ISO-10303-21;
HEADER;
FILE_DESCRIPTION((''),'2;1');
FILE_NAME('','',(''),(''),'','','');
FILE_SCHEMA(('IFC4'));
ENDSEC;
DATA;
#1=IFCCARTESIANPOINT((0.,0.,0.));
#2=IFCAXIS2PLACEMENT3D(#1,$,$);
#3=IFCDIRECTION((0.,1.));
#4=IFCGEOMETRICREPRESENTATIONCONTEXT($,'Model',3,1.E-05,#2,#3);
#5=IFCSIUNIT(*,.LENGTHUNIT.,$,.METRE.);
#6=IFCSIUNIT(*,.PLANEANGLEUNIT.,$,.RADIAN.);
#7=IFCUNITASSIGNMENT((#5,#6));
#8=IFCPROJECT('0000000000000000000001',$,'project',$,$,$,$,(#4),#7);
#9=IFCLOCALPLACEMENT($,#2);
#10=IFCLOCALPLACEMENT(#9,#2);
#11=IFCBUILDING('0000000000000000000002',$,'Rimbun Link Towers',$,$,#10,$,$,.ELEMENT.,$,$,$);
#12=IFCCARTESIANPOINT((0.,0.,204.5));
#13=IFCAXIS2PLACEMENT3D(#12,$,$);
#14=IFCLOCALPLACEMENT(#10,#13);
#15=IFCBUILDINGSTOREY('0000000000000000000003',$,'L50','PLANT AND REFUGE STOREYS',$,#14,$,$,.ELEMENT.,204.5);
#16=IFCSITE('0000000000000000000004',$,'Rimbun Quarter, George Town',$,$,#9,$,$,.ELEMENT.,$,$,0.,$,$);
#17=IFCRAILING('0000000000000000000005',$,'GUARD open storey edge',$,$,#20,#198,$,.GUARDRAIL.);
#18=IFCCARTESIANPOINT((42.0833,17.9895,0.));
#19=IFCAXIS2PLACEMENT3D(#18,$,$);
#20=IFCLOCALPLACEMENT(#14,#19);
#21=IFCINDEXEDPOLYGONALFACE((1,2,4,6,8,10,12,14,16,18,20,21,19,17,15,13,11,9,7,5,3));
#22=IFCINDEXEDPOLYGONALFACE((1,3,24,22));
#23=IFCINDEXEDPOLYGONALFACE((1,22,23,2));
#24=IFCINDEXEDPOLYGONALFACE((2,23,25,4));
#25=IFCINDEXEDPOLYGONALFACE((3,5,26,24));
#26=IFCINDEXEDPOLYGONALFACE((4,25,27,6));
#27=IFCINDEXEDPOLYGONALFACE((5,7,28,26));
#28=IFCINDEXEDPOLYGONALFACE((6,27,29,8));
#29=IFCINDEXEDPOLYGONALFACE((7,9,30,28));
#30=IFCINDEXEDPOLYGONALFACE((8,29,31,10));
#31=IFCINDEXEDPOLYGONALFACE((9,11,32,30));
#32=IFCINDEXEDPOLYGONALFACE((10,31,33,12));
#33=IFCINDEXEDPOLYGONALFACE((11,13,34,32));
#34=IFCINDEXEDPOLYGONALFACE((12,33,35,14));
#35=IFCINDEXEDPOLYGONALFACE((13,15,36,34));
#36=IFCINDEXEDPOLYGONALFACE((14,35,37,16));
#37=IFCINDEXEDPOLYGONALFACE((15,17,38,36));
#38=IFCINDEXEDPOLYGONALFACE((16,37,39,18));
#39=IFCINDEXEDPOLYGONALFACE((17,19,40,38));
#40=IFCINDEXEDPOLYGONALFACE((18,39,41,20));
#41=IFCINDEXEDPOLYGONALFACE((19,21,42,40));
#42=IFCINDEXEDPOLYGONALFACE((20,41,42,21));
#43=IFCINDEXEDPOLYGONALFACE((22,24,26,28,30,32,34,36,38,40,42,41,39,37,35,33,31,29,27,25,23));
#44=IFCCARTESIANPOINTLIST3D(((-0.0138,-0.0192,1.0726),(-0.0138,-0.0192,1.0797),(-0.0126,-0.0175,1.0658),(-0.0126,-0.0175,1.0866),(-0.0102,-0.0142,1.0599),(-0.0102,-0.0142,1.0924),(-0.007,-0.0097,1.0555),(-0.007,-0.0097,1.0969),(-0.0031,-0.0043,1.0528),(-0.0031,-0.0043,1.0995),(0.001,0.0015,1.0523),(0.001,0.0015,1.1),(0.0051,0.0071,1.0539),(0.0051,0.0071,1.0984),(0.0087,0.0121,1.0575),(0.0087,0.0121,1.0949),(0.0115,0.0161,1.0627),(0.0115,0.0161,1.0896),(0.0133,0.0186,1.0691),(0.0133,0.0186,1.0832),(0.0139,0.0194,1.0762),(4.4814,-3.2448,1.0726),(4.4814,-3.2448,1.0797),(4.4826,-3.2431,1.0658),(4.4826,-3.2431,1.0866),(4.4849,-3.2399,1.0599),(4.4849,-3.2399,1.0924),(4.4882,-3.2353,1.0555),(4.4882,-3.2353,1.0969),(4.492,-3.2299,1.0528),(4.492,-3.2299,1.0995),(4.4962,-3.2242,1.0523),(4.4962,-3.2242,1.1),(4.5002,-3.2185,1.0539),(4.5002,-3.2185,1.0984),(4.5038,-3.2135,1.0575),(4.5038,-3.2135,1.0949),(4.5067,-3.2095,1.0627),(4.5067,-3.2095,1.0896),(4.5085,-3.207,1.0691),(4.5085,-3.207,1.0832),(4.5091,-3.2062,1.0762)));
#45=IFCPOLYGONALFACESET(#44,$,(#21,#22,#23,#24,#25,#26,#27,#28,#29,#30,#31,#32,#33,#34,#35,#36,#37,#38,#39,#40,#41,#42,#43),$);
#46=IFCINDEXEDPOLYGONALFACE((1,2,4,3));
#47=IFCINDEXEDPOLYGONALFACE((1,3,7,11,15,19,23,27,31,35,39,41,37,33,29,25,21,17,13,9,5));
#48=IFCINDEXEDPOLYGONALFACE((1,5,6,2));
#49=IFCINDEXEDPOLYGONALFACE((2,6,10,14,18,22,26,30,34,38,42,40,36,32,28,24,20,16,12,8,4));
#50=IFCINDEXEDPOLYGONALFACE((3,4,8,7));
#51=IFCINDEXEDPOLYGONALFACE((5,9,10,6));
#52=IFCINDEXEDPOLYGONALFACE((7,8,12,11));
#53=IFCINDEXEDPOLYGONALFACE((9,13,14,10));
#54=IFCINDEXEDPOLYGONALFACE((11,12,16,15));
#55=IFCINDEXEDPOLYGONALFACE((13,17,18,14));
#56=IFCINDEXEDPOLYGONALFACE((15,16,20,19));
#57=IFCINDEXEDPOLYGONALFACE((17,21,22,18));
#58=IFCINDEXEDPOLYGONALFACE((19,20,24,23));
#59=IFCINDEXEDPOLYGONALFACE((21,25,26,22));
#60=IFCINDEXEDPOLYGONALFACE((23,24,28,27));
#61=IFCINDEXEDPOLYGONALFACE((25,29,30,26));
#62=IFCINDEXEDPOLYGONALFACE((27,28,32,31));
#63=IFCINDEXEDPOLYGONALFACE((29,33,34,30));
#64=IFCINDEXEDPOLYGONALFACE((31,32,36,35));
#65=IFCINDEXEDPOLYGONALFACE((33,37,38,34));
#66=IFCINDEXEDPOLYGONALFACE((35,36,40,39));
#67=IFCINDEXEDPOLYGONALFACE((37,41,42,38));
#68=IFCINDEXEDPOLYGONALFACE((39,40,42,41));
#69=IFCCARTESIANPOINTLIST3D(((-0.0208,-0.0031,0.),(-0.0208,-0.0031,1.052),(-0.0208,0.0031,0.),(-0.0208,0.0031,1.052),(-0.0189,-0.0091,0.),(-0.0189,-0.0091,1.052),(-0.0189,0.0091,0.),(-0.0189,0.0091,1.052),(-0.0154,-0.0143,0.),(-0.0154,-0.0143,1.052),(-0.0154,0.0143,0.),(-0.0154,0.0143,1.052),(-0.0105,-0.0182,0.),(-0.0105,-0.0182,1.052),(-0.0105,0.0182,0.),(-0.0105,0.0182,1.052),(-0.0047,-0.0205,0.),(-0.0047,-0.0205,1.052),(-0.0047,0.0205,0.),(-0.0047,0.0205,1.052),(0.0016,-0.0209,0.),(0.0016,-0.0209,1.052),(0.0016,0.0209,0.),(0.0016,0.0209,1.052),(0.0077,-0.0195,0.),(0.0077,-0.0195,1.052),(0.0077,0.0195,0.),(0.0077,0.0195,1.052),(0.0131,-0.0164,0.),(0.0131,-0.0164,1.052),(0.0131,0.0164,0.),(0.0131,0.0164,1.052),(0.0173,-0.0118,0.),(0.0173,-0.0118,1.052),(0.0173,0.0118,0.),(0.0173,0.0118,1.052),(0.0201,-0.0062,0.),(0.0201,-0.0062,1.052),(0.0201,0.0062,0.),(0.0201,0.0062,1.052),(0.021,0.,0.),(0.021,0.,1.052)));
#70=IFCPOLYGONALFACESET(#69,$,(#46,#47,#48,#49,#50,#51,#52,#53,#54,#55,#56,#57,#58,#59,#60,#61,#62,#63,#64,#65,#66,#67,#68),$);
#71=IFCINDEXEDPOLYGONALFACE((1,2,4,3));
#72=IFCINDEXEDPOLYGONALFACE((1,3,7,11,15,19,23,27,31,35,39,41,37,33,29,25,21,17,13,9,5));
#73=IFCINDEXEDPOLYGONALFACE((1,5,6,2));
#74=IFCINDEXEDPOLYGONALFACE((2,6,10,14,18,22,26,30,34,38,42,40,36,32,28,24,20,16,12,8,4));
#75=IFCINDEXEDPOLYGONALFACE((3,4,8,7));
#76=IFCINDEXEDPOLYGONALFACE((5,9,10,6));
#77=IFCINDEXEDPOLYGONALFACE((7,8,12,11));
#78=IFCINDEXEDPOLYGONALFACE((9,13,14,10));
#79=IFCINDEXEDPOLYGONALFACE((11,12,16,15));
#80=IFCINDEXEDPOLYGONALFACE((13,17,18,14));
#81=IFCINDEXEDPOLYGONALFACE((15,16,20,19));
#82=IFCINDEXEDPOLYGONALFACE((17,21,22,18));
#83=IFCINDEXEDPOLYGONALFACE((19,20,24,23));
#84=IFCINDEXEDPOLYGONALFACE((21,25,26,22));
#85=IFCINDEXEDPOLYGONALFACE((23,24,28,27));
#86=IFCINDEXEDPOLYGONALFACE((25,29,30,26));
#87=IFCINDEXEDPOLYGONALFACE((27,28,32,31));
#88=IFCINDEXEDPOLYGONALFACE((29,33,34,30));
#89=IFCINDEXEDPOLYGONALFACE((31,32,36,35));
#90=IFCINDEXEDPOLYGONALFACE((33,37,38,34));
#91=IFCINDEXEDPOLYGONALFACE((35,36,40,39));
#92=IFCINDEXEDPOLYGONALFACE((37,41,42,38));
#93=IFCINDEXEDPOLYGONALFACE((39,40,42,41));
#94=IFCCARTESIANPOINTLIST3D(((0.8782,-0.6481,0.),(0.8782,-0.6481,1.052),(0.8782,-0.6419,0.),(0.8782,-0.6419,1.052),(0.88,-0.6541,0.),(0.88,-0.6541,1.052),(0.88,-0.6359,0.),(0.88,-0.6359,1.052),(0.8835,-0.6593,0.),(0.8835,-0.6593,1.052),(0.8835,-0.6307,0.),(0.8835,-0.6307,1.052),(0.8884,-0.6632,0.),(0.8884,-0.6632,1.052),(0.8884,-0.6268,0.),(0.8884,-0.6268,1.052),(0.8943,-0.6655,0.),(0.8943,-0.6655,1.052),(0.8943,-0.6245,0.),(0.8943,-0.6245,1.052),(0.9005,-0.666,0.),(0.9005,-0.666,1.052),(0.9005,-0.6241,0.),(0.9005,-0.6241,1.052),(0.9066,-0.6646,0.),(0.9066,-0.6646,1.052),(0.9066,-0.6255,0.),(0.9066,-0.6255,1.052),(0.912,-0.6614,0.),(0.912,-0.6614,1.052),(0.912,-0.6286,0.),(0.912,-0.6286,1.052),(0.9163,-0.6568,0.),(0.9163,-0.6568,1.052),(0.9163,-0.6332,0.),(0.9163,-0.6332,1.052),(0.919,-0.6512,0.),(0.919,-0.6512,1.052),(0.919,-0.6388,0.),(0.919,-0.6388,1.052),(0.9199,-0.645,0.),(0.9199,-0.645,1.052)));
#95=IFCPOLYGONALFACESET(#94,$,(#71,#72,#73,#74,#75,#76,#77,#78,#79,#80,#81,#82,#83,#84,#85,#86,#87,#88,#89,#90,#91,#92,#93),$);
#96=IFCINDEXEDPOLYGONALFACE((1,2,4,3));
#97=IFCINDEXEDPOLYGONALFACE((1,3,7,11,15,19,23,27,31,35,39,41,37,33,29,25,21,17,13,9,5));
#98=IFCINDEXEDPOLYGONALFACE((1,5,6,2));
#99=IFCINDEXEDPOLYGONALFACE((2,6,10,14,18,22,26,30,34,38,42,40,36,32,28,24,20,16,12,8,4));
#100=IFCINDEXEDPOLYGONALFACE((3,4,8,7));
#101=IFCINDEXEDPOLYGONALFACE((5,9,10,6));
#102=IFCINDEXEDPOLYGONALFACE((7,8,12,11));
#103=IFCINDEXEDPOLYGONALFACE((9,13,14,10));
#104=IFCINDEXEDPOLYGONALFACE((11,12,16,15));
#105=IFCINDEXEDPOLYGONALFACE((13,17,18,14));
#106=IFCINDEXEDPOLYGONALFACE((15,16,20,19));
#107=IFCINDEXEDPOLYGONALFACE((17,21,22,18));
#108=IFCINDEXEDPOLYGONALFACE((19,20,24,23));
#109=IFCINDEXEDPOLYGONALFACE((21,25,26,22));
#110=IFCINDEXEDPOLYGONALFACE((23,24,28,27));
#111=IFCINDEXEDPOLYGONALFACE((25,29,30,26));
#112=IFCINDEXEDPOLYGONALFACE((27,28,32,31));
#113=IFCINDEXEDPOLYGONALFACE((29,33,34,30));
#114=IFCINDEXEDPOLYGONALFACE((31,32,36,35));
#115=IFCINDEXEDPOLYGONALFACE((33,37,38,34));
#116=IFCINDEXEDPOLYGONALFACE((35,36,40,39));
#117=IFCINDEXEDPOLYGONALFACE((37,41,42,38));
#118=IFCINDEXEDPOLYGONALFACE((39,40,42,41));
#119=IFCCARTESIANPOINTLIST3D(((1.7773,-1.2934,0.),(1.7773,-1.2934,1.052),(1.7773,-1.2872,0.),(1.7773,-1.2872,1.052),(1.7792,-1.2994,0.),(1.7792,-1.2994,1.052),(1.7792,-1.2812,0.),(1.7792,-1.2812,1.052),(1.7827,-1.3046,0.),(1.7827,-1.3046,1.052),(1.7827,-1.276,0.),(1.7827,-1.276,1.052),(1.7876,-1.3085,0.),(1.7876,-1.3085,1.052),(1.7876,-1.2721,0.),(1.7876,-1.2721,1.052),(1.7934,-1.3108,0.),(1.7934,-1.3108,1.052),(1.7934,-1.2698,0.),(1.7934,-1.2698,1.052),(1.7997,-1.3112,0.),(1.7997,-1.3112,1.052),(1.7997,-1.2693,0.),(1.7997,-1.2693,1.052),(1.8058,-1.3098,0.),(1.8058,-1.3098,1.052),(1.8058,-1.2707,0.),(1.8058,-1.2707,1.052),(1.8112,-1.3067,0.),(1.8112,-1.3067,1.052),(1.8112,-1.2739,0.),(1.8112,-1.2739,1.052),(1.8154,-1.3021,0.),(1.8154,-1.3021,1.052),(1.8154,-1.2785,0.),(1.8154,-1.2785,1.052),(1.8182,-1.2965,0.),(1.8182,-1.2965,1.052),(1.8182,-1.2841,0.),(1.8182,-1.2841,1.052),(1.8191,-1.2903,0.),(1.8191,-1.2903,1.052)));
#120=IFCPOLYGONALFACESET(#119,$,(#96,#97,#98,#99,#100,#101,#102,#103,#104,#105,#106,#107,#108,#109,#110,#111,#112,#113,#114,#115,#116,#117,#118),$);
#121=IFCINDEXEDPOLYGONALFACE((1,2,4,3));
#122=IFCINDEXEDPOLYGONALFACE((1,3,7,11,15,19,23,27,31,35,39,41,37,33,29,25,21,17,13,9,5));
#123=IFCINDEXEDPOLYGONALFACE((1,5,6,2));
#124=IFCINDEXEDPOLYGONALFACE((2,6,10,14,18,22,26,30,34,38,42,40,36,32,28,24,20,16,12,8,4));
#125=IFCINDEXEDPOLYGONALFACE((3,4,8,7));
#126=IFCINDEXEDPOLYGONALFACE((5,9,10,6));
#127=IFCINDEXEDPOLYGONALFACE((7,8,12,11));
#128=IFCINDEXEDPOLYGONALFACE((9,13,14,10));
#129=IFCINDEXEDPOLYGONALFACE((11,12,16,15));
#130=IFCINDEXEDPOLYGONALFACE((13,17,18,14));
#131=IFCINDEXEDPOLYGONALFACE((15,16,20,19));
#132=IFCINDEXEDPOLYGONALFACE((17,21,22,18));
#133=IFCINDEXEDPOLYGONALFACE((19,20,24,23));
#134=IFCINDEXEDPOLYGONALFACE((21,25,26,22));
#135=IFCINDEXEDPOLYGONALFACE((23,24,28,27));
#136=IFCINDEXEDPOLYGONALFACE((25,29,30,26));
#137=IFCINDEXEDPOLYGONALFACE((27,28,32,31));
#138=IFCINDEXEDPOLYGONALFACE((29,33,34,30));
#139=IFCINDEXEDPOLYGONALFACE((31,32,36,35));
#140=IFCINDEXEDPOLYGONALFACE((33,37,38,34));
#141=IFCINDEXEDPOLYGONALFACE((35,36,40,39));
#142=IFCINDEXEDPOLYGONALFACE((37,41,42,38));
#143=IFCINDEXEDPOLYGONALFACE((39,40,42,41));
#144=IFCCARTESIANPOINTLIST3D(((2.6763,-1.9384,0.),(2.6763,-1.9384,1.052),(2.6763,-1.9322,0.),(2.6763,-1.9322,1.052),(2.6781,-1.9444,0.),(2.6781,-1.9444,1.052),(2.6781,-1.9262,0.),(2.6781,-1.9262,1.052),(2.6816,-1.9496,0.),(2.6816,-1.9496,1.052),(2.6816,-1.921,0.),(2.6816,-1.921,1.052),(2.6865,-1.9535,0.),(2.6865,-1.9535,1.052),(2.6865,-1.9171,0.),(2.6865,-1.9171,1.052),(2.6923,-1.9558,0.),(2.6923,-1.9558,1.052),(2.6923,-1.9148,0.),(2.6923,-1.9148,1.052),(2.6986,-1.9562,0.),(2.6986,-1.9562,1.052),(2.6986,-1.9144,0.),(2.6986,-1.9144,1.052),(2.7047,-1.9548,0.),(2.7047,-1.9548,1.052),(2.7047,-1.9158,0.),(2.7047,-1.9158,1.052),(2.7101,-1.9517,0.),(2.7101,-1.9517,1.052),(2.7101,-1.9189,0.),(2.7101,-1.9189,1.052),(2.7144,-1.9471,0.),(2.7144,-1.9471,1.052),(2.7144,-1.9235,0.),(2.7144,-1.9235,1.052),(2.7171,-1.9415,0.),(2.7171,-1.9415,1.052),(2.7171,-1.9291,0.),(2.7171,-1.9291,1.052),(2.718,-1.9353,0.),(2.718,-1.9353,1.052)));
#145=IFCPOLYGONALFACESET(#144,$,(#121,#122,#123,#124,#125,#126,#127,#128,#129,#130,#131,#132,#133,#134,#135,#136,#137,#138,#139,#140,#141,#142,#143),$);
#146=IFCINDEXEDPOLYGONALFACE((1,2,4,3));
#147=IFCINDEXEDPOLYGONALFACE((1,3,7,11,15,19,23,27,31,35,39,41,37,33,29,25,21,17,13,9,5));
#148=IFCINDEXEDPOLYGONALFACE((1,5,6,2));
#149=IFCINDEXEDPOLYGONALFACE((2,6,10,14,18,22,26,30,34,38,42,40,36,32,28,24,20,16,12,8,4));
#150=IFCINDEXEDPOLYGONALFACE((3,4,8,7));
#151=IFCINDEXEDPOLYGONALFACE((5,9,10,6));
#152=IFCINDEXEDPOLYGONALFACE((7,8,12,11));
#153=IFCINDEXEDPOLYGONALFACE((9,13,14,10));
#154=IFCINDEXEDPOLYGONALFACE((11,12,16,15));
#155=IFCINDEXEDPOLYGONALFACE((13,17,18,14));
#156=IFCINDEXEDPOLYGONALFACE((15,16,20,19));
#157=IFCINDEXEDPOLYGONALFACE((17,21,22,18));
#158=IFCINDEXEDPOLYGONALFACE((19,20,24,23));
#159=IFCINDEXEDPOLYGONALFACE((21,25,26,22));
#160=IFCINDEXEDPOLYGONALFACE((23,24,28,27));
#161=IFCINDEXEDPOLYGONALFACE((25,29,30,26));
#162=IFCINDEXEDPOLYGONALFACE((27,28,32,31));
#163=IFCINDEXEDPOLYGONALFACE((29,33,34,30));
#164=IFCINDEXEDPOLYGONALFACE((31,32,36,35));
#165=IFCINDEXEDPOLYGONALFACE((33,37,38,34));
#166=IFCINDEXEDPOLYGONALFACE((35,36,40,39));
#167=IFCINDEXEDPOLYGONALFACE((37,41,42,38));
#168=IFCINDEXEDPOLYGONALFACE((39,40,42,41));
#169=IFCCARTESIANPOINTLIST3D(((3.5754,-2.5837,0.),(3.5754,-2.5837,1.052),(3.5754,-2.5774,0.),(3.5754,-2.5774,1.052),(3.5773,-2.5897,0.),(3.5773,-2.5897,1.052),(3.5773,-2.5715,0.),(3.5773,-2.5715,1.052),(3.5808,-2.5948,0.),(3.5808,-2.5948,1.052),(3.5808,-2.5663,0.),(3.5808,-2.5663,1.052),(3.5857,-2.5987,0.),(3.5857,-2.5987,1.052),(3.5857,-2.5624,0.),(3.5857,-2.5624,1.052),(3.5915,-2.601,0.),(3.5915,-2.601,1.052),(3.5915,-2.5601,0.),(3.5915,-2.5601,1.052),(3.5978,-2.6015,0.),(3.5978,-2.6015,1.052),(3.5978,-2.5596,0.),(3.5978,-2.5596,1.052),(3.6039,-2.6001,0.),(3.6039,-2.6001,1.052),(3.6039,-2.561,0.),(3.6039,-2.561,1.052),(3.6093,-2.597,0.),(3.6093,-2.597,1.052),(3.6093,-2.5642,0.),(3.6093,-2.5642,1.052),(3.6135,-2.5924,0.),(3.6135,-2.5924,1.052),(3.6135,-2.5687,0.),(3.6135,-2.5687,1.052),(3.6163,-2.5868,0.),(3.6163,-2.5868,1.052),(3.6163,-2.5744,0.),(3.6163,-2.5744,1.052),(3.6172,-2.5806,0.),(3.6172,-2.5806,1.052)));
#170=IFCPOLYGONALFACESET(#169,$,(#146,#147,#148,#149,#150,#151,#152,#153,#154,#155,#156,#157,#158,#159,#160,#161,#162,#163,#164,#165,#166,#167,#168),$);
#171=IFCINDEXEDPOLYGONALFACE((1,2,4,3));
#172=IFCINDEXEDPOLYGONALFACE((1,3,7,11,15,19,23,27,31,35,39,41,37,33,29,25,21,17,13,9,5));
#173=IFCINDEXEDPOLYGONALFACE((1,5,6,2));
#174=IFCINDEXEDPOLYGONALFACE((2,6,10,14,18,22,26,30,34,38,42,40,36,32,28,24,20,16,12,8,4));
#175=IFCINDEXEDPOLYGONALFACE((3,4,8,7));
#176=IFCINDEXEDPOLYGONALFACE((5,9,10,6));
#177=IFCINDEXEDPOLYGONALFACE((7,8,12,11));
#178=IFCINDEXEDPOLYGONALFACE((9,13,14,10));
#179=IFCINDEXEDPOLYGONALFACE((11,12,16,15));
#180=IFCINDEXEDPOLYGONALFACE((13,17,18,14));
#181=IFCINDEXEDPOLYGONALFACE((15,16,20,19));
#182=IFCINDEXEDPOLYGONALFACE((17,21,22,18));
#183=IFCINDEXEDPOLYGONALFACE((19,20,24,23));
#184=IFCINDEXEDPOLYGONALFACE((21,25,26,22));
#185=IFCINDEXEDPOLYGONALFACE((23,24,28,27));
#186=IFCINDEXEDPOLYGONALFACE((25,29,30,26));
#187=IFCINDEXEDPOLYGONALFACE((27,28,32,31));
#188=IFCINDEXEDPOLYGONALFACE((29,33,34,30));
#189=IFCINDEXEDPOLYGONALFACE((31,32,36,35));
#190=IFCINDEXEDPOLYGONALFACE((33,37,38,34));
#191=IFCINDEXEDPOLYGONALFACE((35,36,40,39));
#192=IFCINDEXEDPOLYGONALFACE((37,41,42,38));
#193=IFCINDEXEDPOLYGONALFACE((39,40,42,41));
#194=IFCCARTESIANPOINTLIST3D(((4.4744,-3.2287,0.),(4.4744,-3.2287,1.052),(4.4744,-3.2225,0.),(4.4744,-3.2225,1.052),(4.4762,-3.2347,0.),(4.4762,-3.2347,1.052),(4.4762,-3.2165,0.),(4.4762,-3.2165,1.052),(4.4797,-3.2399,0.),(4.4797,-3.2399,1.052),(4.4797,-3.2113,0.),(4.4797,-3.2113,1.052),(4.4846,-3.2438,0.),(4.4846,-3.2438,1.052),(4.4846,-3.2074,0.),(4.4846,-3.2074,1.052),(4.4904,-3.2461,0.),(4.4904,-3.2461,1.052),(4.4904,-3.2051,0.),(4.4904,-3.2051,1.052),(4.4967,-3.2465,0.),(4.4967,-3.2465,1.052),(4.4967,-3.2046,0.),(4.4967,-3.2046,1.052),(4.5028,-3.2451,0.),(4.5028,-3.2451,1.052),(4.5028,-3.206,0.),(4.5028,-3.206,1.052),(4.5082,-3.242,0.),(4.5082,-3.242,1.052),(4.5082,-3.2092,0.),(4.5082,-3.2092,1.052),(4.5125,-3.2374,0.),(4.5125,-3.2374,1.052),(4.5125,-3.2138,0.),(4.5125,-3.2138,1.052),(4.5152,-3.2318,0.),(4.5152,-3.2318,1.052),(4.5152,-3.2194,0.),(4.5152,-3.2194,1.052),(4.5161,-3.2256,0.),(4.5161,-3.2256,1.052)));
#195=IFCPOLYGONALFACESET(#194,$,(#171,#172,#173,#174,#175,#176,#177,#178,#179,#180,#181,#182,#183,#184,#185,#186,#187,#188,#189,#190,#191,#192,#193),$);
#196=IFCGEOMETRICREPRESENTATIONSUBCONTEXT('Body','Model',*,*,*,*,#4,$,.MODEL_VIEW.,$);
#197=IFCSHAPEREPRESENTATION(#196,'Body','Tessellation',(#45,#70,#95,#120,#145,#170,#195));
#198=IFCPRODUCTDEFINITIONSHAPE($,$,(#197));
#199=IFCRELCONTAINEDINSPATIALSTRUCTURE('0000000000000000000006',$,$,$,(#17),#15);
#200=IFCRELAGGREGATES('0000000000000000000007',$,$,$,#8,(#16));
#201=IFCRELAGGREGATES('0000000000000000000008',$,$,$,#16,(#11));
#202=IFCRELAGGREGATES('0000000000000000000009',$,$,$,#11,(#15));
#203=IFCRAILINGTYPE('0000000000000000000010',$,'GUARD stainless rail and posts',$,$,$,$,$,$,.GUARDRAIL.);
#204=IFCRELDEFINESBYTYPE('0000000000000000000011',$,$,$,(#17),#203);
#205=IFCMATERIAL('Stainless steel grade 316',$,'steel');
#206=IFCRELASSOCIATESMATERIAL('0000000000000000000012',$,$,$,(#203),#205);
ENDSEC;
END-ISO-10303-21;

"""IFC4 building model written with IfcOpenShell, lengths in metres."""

from ifc_helpers import new_model, si_unit, direction, frame, origin, origin_2d, place, context, subcontext, project, spatial, circle, extrude, material, type_object, element, save


model = new_model("IFC4")

# Units and contexts
model_context = context("Model", 3, precision=1e-05, world=origin(), true_north=direction((0.0, 1.0)))
body_context = subcontext(model_context, "Body", "Model", "MODEL_VIEW")
ifc_project = project(units=[si_unit("LENGTHUNIT", "METRE"), si_unit("PLANEANGLEUNIT", "RADIAN")], contexts=[model_context])

# Site, building, storey
site_placement = place(None, origin())
site = spatial("IfcSite", under=ifc_project, at=site_placement, Name="Rimbun Quarter, George Town", CompositionType="ELEMENT", RefElevation=0.0)
building_placement = place(site_placement, origin())
building = spatial("IfcBuilding", under=site, at=building_placement, Name="Rimbun Link Towers", CompositionType="ELEMENT")
storey_placement = place(building_placement, frame((0.0, 0.0, 204.5)))
storey = spatial("IfcBuildingStorey", under=building, at=storey_placement, Name="L50", Description="PLANT AND REFUGE STOREYS", CompositionType="ELEMENT", Elevation=204.5)

# Railing
ifc_material_1 = material(Name="Stainless steel grade 316", Category="steel")
railing_type = type_object("IfcRailingType", Name="GUARD stainless rail and posts", PredefinedType="GUARDRAIL", material=ifc_material_1)
railing_1_placement = place(storey_placement, frame((42.0833, 17.9895, 0.0)))
element("IfcRailing", 1, at=railing_1_placement, inside=storey, type_object=railing_type, Name="GUARD open storey edge", PredefinedType="GUARDRAIL", context=body_context, shape_type="SweptSolid", body=[
    extrude(circle(Radius=0.0239, at=origin_2d()), frame((0.0, 0.0, 1.0762), z_axis=(0.812467, -0.583007, 0.0), x_axis=(0.583007, 0.812467, 0.0)), (0.0, 0.0, 1.0), 5.5327),
    extrude(circle(Radius=0.021, at=origin_2d()), origin(), (0.0, 0.0, 1.0), 1.052),
    extrude(circle(Radius=0.021, at=origin_2d()), frame((0.8989, -0.645, 0.0)), (0.0, 0.0, 1.0), 1.052),
    extrude(circle(Radius=0.021, at=origin_2d()), frame((1.7981, -1.2903, 0.0)), (0.0, 0.0, 1.0), 1.052),
    extrude(circle(Radius=0.021, at=origin_2d()), frame((2.697, -1.9353, 0.0)), (0.0, 0.0, 1.0), 1.052),
    extrude(circle(Radius=0.021, at=origin_2d()), frame((3.5962, -2.5806, 0.0)), (0.0, 0.0, 1.0), 1.052),
    extrude(circle(Radius=0.021, at=origin_2d()), frame((4.4951, -3.2256, 0.0)), (0.0, 0.0, 1.0), 1.052),
])

save(model, "model.ifc")
